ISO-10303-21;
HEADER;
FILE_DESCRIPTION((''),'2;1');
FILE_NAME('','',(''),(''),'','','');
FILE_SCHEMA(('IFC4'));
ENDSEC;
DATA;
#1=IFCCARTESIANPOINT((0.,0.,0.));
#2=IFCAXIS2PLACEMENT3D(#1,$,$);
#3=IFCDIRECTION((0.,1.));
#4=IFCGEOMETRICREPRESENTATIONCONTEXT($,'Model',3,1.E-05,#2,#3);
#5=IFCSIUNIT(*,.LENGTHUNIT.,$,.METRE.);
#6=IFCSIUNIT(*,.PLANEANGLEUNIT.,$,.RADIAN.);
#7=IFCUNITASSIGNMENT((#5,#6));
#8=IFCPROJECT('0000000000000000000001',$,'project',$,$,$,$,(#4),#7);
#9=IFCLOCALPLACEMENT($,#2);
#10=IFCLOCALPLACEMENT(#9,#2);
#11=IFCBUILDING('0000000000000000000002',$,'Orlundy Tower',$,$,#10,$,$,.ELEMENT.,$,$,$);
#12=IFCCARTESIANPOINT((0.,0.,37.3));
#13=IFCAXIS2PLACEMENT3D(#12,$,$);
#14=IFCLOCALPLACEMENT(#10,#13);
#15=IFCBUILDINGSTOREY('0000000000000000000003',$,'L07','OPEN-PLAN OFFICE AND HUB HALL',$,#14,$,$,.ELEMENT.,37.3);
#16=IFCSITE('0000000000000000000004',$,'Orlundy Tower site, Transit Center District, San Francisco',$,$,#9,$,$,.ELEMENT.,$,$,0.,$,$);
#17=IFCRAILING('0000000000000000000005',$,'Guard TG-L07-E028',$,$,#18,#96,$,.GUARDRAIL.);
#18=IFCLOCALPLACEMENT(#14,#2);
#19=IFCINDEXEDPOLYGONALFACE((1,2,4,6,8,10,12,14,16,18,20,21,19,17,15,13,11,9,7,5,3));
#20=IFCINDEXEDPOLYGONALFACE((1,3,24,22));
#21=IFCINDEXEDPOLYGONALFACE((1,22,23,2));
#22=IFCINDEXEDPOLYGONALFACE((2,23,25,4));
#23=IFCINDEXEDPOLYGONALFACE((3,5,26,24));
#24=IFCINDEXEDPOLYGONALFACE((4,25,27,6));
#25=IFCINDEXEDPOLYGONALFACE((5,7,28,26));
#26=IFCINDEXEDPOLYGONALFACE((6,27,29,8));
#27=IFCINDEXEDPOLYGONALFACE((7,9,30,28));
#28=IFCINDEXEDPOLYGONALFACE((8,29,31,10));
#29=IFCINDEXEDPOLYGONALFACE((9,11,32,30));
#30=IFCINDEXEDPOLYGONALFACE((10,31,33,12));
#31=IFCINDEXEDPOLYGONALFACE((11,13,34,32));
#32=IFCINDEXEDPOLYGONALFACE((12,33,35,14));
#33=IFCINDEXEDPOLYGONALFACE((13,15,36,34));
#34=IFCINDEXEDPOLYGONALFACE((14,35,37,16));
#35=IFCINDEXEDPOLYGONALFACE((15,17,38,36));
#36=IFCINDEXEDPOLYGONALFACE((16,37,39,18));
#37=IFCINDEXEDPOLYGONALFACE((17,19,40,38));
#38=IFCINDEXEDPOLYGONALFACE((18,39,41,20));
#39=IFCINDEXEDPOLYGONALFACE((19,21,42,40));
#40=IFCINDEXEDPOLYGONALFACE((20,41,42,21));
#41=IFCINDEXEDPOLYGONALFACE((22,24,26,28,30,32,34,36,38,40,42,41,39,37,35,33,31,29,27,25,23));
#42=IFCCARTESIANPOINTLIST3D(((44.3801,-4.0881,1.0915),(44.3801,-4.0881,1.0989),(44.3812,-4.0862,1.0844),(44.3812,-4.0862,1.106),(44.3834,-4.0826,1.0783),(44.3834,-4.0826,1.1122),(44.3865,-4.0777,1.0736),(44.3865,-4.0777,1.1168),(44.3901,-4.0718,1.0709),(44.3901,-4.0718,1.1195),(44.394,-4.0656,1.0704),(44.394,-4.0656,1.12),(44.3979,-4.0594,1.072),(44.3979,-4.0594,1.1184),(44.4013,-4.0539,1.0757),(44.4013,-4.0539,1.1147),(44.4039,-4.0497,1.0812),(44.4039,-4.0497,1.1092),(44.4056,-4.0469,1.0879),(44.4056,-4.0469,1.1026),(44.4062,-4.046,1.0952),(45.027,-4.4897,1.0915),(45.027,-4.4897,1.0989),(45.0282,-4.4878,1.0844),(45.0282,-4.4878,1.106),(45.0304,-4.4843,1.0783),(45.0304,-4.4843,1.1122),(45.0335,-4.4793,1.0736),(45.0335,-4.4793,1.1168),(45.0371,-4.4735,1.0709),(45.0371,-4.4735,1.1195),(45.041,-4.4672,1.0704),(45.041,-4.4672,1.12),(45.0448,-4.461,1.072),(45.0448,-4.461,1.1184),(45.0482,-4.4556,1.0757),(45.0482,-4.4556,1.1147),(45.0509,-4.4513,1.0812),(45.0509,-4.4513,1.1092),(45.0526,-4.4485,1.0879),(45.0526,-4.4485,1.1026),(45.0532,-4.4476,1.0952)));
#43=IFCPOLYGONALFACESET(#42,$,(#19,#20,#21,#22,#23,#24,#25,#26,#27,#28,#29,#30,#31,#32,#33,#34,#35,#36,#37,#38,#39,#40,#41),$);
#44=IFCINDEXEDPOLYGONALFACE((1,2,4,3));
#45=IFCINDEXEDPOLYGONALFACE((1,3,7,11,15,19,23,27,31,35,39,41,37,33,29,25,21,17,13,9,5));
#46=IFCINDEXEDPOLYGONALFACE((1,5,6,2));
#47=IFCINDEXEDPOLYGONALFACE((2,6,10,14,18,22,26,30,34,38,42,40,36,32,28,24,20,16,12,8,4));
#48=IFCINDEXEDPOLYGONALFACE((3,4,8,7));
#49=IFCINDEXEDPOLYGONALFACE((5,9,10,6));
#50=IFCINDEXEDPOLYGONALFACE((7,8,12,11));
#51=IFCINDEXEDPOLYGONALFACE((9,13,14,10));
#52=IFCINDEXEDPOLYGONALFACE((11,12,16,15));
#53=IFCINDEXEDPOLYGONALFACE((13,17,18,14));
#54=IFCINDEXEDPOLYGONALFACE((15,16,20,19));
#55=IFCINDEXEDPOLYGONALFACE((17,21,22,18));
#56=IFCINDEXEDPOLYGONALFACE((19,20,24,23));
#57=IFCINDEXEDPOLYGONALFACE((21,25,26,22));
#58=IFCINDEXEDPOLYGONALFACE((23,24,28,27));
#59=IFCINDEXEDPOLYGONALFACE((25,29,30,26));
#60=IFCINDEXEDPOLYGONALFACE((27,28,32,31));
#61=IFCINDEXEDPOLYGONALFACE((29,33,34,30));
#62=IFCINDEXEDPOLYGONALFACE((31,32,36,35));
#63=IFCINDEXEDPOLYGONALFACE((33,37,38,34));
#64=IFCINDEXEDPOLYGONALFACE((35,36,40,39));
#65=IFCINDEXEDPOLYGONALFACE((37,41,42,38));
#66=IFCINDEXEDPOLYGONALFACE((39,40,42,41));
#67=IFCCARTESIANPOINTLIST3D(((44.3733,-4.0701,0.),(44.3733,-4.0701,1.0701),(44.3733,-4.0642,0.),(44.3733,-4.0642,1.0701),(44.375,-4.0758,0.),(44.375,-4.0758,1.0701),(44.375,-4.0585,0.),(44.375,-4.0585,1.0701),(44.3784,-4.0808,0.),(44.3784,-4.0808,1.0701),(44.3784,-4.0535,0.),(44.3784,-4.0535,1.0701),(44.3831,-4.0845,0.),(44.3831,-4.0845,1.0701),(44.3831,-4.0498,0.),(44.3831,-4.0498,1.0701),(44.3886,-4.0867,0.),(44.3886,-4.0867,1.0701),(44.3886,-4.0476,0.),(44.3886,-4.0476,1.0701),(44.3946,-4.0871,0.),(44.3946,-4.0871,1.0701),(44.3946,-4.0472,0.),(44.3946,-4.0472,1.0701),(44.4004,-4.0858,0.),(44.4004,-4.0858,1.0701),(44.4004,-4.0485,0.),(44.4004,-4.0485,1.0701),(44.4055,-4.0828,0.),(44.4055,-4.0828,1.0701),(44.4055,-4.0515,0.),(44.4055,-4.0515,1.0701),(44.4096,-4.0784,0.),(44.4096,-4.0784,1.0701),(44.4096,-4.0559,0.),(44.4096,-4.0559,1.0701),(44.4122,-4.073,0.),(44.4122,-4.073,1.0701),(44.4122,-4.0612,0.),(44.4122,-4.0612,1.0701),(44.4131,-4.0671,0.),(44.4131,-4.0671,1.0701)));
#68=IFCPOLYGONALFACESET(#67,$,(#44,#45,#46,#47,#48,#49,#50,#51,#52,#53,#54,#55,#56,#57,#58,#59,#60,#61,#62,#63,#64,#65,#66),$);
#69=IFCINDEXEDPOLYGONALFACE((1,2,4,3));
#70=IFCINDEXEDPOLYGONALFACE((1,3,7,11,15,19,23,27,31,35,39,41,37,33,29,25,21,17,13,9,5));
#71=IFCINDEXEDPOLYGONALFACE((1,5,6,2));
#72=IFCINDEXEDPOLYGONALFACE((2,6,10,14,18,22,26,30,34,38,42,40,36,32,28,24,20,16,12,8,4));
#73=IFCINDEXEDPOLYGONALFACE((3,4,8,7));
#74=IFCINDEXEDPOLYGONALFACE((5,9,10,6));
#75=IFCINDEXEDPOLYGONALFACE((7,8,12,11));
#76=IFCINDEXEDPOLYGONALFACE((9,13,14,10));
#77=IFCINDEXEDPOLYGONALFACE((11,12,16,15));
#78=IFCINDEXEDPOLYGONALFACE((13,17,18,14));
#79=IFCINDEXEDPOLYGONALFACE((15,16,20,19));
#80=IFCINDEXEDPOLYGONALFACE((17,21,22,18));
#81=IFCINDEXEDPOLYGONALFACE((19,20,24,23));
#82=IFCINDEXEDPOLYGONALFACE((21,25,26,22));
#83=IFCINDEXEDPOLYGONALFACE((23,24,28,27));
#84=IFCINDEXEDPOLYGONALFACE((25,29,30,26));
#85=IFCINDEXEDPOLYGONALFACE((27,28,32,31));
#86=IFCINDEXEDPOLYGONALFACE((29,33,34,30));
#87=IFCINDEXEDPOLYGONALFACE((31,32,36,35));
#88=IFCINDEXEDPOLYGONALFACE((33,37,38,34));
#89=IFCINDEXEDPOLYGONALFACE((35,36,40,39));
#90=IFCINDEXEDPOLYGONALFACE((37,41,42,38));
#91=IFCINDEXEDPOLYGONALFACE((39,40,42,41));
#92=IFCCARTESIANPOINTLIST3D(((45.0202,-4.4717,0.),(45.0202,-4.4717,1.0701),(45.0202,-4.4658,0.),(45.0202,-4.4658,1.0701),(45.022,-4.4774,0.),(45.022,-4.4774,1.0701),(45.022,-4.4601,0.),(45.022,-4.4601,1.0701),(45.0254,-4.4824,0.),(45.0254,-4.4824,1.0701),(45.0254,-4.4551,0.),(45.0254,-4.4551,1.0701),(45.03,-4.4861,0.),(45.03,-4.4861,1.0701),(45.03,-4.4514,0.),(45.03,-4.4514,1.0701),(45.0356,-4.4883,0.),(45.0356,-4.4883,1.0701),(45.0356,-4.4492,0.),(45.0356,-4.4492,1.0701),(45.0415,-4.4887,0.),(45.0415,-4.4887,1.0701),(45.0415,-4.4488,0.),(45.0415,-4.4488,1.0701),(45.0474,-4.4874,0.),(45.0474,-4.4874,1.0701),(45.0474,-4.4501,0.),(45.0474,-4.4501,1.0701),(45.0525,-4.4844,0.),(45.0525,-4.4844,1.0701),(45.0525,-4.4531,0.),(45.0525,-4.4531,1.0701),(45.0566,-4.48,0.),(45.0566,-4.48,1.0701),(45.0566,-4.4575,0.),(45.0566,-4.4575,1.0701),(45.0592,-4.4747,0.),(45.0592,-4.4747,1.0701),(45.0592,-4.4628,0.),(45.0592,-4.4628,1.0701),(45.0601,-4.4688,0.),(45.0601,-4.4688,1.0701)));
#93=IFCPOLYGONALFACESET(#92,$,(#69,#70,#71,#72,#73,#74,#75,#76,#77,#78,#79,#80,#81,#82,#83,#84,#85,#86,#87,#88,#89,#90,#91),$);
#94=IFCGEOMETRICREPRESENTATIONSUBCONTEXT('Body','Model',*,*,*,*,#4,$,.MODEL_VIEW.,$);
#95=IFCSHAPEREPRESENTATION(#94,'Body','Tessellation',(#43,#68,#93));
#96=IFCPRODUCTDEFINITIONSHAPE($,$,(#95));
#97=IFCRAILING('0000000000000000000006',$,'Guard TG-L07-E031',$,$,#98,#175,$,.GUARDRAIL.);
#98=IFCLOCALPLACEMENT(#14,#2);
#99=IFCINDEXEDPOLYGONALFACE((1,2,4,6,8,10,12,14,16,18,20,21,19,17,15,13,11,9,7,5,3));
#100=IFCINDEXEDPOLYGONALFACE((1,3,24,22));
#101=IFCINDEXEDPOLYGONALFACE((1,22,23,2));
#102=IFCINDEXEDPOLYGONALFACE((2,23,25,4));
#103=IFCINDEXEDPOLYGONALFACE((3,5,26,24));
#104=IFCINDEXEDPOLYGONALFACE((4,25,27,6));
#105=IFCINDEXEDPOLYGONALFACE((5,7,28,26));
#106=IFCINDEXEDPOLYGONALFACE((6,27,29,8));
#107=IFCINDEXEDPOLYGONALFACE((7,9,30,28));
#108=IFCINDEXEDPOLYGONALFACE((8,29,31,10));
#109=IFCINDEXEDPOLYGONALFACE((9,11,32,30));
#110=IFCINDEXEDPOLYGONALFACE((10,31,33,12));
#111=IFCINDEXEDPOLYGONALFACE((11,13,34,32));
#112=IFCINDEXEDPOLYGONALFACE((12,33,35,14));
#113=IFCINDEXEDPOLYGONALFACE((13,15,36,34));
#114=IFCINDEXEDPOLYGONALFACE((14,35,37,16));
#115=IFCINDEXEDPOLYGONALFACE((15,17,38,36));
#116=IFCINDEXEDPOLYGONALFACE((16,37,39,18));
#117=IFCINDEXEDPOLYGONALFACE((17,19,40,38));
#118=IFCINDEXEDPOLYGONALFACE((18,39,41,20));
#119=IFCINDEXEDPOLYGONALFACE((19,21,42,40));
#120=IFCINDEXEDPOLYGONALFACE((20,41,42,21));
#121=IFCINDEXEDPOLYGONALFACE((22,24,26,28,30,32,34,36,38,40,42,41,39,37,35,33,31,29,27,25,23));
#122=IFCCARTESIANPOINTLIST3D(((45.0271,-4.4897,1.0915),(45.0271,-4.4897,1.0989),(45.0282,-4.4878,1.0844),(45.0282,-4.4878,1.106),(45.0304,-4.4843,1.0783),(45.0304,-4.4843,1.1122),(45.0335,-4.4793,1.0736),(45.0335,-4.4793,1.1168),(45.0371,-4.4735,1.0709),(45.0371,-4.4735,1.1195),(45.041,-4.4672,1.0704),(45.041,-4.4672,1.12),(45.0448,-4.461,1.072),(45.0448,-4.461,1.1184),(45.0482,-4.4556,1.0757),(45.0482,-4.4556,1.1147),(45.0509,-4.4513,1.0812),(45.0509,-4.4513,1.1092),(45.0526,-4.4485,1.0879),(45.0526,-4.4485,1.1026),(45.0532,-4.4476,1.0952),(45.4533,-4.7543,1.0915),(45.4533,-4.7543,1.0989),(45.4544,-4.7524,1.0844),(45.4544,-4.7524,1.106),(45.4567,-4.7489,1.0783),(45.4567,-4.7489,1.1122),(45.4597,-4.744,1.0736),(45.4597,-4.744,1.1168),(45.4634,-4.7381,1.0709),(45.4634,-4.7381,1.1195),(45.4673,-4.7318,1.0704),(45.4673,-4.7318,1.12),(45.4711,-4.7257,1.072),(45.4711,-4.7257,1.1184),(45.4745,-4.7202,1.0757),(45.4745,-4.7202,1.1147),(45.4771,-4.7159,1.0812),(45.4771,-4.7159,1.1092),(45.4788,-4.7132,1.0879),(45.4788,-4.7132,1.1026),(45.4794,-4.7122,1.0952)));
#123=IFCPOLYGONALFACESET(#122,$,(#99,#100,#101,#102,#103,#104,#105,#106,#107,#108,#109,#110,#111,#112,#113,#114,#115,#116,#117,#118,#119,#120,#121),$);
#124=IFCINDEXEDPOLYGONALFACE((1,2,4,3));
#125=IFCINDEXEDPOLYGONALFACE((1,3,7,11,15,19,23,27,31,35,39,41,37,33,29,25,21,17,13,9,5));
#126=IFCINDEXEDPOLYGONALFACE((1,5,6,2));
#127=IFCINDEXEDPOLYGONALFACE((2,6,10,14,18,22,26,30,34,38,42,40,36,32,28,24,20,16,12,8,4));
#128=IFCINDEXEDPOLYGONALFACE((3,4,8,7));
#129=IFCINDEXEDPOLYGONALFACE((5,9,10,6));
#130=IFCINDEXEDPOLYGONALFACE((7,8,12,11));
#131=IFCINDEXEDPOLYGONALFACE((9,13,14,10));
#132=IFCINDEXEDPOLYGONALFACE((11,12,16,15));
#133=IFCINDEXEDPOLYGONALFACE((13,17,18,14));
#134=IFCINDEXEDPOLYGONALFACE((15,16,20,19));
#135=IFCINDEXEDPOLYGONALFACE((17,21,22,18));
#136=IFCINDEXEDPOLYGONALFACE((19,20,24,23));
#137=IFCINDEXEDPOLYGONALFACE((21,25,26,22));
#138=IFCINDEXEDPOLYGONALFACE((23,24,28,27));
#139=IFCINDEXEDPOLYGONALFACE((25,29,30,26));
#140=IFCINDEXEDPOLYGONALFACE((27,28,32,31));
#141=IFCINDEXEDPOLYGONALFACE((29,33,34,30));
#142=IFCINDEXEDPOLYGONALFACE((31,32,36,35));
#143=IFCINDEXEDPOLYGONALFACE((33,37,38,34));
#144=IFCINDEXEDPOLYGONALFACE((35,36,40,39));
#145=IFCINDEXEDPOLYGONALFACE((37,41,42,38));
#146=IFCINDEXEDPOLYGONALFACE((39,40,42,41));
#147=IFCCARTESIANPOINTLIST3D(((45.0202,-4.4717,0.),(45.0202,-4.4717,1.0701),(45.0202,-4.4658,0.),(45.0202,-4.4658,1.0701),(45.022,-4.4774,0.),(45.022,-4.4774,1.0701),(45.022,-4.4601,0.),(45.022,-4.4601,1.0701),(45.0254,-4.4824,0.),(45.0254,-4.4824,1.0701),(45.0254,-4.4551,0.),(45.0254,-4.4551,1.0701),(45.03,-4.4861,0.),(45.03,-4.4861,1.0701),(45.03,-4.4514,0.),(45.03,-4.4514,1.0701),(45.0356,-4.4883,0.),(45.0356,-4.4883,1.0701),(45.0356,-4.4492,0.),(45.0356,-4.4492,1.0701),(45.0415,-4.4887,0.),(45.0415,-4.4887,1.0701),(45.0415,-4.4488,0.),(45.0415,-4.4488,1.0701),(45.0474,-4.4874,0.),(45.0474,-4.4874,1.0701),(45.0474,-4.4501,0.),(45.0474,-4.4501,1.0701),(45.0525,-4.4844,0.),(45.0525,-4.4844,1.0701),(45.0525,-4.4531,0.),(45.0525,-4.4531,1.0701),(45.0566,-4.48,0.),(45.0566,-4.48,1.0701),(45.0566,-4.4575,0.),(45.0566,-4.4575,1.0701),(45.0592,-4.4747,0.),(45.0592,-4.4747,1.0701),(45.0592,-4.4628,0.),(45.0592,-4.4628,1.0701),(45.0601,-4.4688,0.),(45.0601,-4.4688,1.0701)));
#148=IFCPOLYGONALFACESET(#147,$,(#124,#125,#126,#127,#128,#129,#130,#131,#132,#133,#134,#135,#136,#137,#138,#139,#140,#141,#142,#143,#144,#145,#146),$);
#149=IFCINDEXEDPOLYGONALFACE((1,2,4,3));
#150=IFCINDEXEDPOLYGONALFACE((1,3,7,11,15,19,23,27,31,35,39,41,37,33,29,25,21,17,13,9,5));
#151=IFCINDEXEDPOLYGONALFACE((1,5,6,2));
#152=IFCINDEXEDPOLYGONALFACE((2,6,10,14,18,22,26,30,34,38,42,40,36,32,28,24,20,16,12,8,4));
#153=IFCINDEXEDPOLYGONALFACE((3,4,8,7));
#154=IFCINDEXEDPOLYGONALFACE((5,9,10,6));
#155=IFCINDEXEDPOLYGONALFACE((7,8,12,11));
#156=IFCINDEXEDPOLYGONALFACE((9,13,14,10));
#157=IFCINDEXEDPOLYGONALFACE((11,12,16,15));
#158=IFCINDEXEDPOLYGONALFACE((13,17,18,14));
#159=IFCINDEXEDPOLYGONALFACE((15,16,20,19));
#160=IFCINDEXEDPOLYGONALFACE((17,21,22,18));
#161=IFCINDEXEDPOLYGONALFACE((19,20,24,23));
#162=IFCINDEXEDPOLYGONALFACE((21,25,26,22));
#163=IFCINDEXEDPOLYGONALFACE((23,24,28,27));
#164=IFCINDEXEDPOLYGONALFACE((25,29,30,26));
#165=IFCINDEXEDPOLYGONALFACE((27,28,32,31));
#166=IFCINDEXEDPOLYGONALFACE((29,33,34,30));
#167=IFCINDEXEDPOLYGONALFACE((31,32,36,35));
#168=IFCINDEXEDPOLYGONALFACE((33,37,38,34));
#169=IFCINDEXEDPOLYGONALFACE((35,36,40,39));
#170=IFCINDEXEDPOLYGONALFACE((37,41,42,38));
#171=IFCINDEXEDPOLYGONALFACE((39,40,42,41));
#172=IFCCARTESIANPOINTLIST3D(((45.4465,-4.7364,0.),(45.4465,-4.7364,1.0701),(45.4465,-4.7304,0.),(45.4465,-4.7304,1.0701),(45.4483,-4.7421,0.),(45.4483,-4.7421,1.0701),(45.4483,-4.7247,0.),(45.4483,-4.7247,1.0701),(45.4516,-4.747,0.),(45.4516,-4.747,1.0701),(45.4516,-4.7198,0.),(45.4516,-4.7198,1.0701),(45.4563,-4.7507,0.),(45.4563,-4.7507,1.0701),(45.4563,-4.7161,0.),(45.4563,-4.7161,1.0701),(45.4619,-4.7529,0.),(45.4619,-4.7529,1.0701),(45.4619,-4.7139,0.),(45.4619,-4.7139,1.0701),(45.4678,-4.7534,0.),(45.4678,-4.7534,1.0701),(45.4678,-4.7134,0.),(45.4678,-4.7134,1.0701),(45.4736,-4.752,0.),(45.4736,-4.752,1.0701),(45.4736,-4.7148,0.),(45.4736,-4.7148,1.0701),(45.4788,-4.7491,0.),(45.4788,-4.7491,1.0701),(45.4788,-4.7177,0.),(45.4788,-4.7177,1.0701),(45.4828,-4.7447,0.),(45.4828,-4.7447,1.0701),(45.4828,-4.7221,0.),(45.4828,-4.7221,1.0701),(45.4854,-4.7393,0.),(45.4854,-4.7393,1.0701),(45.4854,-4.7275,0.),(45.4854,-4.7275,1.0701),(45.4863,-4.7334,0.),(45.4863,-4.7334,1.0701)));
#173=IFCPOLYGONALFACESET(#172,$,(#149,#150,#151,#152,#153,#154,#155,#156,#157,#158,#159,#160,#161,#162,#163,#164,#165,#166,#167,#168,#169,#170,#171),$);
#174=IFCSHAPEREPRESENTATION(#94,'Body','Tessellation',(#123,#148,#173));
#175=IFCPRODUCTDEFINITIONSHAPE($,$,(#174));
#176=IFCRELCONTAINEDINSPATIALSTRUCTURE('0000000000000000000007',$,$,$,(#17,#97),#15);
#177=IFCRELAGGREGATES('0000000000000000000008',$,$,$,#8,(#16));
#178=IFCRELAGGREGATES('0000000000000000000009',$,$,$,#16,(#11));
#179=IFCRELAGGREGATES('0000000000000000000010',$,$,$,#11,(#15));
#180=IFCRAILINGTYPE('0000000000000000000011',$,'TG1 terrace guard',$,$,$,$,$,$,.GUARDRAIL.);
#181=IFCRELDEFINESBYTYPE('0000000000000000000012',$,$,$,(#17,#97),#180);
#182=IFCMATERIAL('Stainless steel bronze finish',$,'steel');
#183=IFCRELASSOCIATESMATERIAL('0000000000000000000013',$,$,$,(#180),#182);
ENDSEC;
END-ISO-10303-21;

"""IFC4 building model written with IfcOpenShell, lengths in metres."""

from ifc_helpers import new_model, si_unit, direction, frame, origin, origin_2d, place, context, subcontext, project, spatial, circle, extrude, material, type_object, element, save


model = new_model("IFC4")

# Units and contexts
model_context = context("Model", 3, precision=1e-05, world=origin(), true_north=direction((0.0, 1.0)))
body_context = subcontext(model_context, "Body", "Model", "MODEL_VIEW")
ifc_project = project(units=[si_unit("LENGTHUNIT", "METRE"), si_unit("PLANEANGLEUNIT", "RADIAN")], contexts=[model_context])

# Site, building, storey
site_placement = place(None, origin())
site = spatial("IfcSite", under=ifc_project, at=site_placement, Name="Orlundy Tower site, Transit Center District, San Francisco", CompositionType="ELEMENT", RefElevation=0.0)
building_placement = place(site_placement, origin())
building = spatial("IfcBuilding", under=site, at=building_placement, Name="Orlundy Tower", CompositionType="ELEMENT")
storey_placement = place(building_placement, frame((0.0, 0.0, 37.3)))
storey = spatial("IfcBuildingStorey", under=building, at=storey_placement, Name="L07", Description="OPEN-PLAN OFFICE AND HUB HALL", CompositionType="ELEMENT", Elevation=37.3)

# Railings
ifc_material_1 = material(Name="Stainless steel bronze finish", Category="steel")
railing_type = type_object("IfcRailingType", Name="TG1 terrace guard", PredefinedType="GUARDRAIL", material=ifc_material_1)
railing_1_placement = place(storey_placement, frame((44.3931, -4.0671, 0.0)))
element("IfcRailing", 1, at=railing_1_placement, inside=storey, type_object=railing_type, Name="Guard TG-L07-E028", PredefinedType="GUARDRAIL", context=body_context, shape_type="SweptSolid", body=[
    extrude(circle(Radius=0.0249, at=origin_2d()), frame((0.0, 0.0, 1.0952), z_axis=(0.849615, -0.527403, 0.0), x_axis=(0.527403, 0.849615, 0.0)), (0.0, 0.0, 1.0), 0.7615),
    extrude(circle(Radius=0.02, at=origin_2d()), origin(), (0.0, 0.0, 1.0), 1.0701),
    extrude(circle(Radius=0.02, at=origin_2d()), frame((0.647, -0.4016, 0.0)), (0.0, 0.0, 1.0), 1.0701),
])
railing_2_placement = place(storey_placement, frame((45.04, -4.4688, 0.0)))
element("IfcRailing", 2, at=railing_2_placement, inside=storey, type_object=railing_type, Name="Guard TG-L07-E031", PredefinedType="GUARDRAIL", context=body_context, shape_type="SweptSolid", body=[
    extrude(circle(Radius=0.0249, at=origin_2d()), frame((0.0, 0.0, 1.0952), z_axis=(0.84958, -0.52746, 0.0), x_axis=(0.52746, 0.84958, 0.0)), (0.0, 0.0, 1.0), 0.5017),
    extrude(circle(Radius=0.02, at=origin_2d()), origin(), (0.0, 0.0, 1.0), 1.0701),
    extrude(circle(Radius=0.02, at=origin_2d()), frame((0.4263, -0.2646, 0.0)), (0.0, 0.0, 1.0), 1.0701),
])

save(model, "model.ifc")
